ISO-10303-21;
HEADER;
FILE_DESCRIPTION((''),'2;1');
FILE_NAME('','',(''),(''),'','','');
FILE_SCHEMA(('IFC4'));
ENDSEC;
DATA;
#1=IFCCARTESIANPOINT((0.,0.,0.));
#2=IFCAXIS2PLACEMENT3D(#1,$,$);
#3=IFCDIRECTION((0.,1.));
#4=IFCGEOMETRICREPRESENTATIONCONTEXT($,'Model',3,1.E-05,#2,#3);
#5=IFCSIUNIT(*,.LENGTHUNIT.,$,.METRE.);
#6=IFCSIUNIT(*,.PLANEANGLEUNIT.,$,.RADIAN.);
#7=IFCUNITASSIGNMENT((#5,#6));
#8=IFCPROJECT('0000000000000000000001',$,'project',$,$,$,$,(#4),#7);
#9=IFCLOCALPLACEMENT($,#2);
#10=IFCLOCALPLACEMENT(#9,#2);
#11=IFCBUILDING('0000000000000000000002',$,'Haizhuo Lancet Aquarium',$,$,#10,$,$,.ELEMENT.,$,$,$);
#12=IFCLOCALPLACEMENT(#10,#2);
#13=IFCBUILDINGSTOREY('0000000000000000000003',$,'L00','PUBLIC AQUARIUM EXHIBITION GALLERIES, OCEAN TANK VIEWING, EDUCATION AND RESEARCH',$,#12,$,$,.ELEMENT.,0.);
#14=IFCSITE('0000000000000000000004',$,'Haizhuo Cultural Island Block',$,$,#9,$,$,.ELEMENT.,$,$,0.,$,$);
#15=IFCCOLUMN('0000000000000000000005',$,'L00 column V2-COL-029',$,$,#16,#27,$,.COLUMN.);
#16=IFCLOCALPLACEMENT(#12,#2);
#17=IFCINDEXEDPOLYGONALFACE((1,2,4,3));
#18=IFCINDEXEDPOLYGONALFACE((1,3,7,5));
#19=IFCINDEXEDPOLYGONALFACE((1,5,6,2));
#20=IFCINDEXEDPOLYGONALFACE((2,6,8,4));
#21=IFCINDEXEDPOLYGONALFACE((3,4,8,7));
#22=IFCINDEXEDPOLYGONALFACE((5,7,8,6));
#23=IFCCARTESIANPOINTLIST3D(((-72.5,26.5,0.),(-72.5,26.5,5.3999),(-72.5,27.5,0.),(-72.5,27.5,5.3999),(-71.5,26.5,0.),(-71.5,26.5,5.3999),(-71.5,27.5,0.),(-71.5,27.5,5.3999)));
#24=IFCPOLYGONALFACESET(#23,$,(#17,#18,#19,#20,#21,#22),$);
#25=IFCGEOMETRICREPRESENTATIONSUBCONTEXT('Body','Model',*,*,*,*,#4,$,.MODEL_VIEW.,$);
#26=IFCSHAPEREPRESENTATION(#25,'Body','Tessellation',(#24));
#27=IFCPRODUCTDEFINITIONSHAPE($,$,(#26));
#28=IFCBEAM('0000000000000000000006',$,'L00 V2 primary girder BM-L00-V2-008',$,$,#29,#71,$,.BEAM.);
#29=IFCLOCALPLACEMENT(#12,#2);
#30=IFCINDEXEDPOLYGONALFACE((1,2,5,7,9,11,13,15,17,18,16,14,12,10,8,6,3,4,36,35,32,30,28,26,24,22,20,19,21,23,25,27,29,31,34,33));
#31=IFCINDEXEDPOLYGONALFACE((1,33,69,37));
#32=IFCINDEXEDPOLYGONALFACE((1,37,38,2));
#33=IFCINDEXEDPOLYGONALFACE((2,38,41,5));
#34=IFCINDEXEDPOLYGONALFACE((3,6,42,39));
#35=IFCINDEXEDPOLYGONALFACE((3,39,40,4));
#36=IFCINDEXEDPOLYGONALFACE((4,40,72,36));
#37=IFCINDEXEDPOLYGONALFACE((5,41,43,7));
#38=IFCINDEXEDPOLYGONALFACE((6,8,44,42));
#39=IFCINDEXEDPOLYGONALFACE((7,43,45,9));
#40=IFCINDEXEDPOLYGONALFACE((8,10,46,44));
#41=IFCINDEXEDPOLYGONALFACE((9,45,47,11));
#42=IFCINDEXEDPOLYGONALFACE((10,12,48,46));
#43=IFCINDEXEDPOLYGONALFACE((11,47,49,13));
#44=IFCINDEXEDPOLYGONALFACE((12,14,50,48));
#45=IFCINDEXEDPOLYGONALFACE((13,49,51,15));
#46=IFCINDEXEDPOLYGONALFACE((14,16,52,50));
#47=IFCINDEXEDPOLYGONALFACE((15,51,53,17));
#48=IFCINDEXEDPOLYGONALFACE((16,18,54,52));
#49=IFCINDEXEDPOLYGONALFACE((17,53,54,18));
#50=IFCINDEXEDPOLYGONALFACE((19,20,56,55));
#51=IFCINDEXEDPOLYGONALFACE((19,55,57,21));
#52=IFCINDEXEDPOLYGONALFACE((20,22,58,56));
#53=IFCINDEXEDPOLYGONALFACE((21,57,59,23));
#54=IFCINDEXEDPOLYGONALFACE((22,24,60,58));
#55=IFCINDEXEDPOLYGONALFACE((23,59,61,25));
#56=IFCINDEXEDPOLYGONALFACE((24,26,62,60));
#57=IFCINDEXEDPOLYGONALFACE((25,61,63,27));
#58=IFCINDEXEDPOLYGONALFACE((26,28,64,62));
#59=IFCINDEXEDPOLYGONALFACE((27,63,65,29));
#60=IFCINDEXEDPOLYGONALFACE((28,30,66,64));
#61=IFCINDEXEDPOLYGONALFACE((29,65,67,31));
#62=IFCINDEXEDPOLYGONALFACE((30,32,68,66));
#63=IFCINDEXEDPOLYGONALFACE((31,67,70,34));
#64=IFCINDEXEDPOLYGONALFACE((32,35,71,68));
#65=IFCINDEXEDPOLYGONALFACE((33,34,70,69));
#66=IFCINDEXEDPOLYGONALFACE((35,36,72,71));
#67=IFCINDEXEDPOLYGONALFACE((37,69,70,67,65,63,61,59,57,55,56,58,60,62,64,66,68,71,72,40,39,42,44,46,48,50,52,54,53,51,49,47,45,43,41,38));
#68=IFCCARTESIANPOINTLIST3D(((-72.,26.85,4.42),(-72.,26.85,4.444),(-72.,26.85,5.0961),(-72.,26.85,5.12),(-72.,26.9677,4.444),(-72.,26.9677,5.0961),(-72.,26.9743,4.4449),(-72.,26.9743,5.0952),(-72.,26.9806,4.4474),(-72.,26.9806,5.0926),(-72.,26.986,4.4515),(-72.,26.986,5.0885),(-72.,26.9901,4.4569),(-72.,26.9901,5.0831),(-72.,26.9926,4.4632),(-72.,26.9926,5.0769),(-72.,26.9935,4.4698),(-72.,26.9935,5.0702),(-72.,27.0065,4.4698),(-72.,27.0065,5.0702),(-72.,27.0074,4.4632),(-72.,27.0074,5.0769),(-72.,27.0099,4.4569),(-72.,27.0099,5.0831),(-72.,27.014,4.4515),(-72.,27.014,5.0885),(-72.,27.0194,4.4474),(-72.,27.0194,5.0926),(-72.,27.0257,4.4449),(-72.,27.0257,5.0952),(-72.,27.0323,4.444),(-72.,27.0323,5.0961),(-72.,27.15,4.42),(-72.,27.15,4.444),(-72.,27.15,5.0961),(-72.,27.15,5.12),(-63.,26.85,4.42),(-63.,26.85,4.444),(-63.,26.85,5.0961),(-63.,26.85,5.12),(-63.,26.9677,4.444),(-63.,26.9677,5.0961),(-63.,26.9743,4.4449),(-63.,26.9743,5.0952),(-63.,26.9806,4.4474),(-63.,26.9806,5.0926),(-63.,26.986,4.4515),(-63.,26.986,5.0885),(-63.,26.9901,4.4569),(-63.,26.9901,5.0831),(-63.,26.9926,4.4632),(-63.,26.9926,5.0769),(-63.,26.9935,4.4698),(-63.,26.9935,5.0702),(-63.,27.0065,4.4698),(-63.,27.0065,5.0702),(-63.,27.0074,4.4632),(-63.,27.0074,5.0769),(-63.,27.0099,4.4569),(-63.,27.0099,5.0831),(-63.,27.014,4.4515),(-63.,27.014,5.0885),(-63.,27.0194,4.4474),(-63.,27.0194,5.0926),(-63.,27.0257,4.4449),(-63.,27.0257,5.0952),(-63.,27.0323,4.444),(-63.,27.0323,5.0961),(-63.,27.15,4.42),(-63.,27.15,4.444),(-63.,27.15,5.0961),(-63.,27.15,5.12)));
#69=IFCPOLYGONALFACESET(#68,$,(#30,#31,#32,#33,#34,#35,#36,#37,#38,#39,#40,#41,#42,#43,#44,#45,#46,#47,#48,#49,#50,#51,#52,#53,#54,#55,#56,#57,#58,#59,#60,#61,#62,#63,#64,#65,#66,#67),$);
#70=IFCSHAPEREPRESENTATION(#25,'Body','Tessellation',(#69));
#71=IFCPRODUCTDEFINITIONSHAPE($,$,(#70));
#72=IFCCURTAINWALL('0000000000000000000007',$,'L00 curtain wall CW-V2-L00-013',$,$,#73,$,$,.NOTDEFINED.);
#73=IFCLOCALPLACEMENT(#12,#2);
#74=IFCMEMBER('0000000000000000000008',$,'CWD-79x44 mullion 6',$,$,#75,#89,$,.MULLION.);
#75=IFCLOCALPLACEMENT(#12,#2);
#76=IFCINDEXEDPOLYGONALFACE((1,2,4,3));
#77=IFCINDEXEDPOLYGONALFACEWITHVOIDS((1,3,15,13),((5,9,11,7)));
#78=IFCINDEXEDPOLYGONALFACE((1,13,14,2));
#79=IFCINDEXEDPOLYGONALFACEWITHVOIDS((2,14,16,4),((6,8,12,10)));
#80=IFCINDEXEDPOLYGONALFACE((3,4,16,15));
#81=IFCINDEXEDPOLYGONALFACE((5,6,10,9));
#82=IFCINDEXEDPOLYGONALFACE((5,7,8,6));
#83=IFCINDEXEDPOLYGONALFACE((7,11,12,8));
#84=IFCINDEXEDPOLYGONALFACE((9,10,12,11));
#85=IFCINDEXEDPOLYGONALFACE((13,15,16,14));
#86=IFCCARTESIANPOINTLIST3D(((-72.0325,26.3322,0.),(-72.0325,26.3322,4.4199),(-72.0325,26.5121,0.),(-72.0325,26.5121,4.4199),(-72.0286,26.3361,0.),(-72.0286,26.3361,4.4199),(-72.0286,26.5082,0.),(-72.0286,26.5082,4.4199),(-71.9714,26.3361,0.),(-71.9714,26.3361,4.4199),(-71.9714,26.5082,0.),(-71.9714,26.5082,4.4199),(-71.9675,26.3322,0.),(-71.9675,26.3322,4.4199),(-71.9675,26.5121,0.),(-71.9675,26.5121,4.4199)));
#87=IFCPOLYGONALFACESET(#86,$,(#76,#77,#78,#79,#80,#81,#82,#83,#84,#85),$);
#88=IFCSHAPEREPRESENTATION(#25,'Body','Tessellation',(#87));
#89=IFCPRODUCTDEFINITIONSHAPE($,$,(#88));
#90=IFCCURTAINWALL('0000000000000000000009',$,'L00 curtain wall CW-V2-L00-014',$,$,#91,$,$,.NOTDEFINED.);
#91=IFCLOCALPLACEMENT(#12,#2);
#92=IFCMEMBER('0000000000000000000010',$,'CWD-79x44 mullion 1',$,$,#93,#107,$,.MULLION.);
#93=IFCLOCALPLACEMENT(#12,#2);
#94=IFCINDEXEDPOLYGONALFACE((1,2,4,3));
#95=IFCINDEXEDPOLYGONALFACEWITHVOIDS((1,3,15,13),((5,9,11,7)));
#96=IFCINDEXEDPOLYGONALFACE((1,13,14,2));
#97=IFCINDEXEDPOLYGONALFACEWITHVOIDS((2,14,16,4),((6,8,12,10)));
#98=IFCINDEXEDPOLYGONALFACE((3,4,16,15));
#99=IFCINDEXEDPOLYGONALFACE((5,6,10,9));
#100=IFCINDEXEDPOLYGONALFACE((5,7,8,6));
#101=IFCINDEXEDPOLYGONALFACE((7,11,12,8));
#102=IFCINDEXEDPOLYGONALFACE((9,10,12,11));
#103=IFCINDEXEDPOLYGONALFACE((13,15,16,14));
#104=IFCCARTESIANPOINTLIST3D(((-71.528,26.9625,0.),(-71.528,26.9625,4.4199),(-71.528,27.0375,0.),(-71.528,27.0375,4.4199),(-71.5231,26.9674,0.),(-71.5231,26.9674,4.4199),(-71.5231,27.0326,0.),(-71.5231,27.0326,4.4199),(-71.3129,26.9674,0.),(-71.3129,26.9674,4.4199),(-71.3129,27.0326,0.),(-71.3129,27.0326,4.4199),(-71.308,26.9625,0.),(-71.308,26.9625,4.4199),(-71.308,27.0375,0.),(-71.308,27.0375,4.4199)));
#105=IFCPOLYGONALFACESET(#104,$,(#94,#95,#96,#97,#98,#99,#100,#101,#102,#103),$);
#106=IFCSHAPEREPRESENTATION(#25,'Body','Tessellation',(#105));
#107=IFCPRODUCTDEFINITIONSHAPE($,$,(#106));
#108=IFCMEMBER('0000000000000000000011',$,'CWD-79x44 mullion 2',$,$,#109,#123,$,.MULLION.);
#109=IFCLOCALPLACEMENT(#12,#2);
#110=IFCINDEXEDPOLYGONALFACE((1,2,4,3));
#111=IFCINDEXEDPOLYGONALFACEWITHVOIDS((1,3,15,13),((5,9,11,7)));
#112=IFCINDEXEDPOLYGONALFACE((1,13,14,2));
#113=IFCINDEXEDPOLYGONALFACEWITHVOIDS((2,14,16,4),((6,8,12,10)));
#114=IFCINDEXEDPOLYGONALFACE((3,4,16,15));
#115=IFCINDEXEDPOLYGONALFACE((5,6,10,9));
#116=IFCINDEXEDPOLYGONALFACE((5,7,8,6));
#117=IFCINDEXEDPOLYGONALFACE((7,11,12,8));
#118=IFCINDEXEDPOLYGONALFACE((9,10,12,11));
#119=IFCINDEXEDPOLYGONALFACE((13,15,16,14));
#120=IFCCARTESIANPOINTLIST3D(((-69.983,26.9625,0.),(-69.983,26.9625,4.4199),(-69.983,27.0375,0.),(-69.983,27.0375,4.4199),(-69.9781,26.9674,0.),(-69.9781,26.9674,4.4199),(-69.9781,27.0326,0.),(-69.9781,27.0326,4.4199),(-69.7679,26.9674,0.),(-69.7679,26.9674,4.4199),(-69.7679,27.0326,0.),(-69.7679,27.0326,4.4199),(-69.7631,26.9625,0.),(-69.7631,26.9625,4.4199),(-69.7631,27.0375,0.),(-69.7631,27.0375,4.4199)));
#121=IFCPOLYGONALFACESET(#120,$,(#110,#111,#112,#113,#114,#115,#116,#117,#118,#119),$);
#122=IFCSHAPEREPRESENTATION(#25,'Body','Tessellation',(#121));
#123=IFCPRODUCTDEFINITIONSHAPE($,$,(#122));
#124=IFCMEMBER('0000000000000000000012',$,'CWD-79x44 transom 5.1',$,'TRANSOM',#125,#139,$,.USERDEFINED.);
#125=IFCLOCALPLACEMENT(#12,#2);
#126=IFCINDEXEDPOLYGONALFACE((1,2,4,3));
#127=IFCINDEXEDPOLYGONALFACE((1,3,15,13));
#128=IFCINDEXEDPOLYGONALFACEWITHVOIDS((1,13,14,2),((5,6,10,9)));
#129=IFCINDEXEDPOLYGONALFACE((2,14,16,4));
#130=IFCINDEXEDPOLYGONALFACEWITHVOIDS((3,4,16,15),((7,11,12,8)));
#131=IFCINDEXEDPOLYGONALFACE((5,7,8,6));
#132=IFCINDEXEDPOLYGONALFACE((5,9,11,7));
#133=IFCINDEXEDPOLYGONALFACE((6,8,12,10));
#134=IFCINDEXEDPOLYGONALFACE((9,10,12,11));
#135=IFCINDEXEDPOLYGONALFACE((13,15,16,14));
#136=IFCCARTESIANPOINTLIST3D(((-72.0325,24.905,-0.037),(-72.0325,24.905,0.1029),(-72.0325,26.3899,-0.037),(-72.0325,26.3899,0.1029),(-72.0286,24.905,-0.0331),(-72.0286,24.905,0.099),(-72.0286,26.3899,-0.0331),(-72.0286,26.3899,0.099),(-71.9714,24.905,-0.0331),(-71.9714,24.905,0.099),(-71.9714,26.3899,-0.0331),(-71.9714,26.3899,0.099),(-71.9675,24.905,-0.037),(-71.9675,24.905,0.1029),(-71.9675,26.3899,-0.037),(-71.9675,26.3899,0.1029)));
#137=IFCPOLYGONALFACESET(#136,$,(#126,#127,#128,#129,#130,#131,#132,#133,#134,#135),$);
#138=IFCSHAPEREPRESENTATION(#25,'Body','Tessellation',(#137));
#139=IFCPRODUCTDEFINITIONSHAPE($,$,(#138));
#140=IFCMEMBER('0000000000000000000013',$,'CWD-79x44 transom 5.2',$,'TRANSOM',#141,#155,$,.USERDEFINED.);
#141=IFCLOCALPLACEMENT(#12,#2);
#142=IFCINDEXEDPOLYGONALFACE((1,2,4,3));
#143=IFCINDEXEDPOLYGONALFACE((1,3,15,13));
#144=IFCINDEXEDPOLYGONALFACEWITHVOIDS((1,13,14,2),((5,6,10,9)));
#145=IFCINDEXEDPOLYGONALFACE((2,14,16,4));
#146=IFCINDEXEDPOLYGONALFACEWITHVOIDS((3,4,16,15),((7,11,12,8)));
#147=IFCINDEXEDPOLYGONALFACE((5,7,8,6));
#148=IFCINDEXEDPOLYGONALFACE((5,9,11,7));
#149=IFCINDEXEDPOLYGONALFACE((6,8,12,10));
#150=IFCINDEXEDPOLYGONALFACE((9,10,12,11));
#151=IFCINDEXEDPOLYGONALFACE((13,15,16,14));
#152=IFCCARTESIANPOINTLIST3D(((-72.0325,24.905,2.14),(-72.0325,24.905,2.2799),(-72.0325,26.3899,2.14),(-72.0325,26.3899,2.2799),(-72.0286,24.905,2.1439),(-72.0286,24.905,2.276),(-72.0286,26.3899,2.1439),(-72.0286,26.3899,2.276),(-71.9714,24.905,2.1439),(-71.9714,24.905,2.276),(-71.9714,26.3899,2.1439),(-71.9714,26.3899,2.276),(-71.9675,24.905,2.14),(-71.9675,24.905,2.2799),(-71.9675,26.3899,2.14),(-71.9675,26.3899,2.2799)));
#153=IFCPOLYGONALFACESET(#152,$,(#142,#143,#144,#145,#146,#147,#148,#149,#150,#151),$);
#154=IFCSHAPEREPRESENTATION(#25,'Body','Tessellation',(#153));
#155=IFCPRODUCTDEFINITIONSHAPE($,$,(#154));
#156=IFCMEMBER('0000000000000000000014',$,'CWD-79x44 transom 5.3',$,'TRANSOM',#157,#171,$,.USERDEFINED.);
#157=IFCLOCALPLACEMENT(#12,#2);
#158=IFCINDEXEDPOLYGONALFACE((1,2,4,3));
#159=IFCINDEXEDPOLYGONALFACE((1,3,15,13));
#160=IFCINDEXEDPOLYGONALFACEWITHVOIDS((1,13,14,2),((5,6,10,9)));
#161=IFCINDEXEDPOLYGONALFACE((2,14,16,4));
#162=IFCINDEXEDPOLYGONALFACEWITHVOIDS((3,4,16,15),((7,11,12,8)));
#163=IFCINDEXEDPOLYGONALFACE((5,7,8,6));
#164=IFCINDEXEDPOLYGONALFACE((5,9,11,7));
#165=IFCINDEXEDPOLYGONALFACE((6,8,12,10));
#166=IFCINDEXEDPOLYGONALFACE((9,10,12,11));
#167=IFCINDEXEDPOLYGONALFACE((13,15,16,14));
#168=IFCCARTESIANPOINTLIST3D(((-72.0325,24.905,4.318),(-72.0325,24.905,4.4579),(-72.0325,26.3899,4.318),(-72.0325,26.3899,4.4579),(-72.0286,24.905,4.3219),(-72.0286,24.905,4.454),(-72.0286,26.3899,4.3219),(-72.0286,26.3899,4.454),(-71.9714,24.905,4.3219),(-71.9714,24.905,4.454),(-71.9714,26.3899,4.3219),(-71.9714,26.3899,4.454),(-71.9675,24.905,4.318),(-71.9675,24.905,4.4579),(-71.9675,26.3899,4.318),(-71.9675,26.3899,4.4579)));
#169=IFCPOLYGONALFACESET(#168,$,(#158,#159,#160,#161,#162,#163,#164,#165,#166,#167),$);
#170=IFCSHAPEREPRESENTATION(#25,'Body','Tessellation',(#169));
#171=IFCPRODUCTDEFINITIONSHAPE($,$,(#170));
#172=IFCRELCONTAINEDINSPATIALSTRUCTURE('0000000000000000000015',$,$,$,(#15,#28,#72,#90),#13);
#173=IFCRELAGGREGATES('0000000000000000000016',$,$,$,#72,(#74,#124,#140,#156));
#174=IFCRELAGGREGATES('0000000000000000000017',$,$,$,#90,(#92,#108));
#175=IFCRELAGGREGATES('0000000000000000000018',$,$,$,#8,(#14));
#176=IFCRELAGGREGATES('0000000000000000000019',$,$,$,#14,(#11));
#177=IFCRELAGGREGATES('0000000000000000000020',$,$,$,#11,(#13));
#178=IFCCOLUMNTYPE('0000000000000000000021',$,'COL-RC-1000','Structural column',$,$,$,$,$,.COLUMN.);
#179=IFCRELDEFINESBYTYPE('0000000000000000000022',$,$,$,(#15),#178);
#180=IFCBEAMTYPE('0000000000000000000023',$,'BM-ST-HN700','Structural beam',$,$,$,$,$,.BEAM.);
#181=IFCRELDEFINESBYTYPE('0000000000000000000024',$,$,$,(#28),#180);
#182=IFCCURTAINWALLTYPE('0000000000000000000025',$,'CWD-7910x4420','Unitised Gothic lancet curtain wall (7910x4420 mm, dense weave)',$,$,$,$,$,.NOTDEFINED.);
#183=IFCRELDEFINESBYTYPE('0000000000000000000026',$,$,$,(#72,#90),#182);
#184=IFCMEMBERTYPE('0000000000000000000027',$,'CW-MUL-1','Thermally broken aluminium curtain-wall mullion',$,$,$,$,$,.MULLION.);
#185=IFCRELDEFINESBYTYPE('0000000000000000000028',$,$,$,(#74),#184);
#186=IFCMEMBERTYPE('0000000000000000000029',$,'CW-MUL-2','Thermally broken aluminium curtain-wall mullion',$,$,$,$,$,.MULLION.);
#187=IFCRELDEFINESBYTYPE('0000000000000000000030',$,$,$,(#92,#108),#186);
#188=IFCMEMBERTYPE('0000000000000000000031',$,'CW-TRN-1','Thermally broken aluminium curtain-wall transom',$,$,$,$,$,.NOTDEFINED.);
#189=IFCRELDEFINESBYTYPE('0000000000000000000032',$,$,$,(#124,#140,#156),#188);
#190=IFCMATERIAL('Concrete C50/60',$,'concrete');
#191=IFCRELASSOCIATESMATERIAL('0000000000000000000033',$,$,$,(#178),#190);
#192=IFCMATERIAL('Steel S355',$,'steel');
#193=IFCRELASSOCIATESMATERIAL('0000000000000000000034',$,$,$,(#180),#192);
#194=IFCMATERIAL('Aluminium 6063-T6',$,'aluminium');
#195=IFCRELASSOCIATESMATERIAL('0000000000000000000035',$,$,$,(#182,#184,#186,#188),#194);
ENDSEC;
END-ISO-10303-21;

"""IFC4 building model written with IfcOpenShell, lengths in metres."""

from ifc_helpers import new_model, si_unit, direction, frame, origin, origin_2d, place, context, subcontext, project, spatial, rectangle, hollow_rectangle, i_section, extrude, material, material_profile, profile_set, type_object, element, aggregate, save


model = new_model("IFC4")

# Units and contexts
model_context = context("Model", 3, precision=1e-05, world=origin(), true_north=direction((0.0, 1.0)))
body_context = subcontext(model_context, "Body", "Model", "MODEL_VIEW")
ifc_project = project(units=[si_unit("LENGTHUNIT", "METRE"), si_unit("PLANEANGLEUNIT", "RADIAN")], contexts=[model_context])

# Site, building, storey
site_placement = place(None, origin())
site = spatial("IfcSite", under=ifc_project, at=site_placement, Name="Haizhuo Cultural Island Block", CompositionType="ELEMENT", RefElevation=0.0)
building_placement = place(site_placement, origin())
building = spatial("IfcBuilding", under=site, at=building_placement, Name="Haizhuo Lancet Aquarium", CompositionType="ELEMENT")
storey_placement = place(building_placement, origin())
storey = spatial("IfcBuildingStorey", under=building, at=storey_placement, Name="L00", Description="PUBLIC AQUARIUM EXHIBITION GALLERIES, OCEAN TANK VIEWING, EDUCATION AND RESEARCH", CompositionType="ELEMENT", Elevation=0.0)

# Column
ifc_material_1 = material(Name="Concrete C50/60", Category="concrete")
ifc_material_profile_1 = material_profile(ifc_material_1, rectangle(XDim=1.0, YDim=1.0, at=origin_2d()), Name="RC-COL 1000x1000")
ifc_profile_set_1 = profile_set([ifc_material_profile_1], Name="Concrete C50/60")
column_type = type_object("IfcColumnType", Name="COL-RC-1000", Description="Structural column", PredefinedType="COLUMN", material=ifc_profile_set_1)
column_placement = place(storey_placement, frame((-72.0, 27.0, 0.0), z_axis=(0.0, 0.0, 1.0), x_axis=(1.0, 0.0, 0.0)))
element("IfcColumn", 1, at=column_placement, inside=storey, type_object=column_type, Name="L00 column V2-COL-029", PredefinedType="COLUMN", context=body_context, shape_type="SweptSolid", body=[
    extrude(rectangle(XDim=1.0, YDim=1.0, at=origin_2d()), origin(), (0.0, 0.0, 1.0), 5.3999),
])

# Beam
ifc_material_2 = material(Name="Steel S355", Category="steel")
ifc_material_profile_2 = material_profile(ifc_material_2, i_section(OverallWidth=0.3, OverallDepth=0.7, WebThickness=0.0129, FlangeThickness=0.0239, FilletRadius=0.0259, at=origin_2d()), Name="HN 700x300x13x24")
ifc_profile_set_2 = profile_set([ifc_material_profile_2], Name="Steel S355")
beam_type = type_object("IfcBeamType", Name="BM-ST-HN700", Description="Structural beam", PredefinedType="BEAM", material=ifc_profile_set_2)
beam_placement = place(storey_placement, frame((-72.0, 27.0, 4.77), z_axis=(1.0, 0.0, 0.0), x_axis=(0.0, 1.0, 0.0)))
element("IfcBeam", 2, at=beam_placement, inside=storey, type_object=beam_type, Name="L00 V2 primary girder BM-L00-V2-008", PredefinedType="BEAM", context=body_context, shape_type="SweptSolid", body=[
    extrude(i_section(OverallWidth=0.3, OverallDepth=0.7, WebThickness=0.0129, FlangeThickness=0.0239, FilletRadius=0.0259, at=origin_2d()), origin(), (0.0, 0.0, 1.0), 9.0),
])

# Curtain wall, member
ifc_material_3 = material(Name="Aluminium 6063-T6", Category="aluminium")
curtain_wall_type = type_object("IfcCurtainWallType", Name="CWD-7910x4420", Description="Unitised Gothic lancet curtain wall (7910x4420 mm, dense weave)", PredefinedType="NOTDEFINED", material=ifc_material_3)
curtain_wall_1_placement = place(storey_placement, origin())
curtain_wall_1 = element("IfcCurtainWall", 3, at=curtain_wall_1_placement, inside=storey, type_object=curtain_wall_type, Name="L00 curtain wall CW-V2-L00-013", PredefinedType="NOTDEFINED")
ifc_material_profile_3 = material_profile(ifc_material_3, hollow_rectangle(XDim=0.0649, YDim=0.1799, WallThickness=0.0039, at=origin_2d()), Name="ALU-M 65x180x4")
ifc_profile_set_3 = profile_set([ifc_material_profile_3], Name="Aluminium 6063-T6")
member_type_1 = type_object("IfcMemberType", Name="CW-MUL-1", Description="Thermally broken aluminium curtain-wall mullion", PredefinedType="MULLION", material=ifc_profile_set_3)
member_1_placement = place(storey_placement, frame((-72.0, 26.4221, 0.0), z_axis=(0.0, 0.0, 1.0), x_axis=(-1.0, 0.0, 0.0)))
member_1 = element("IfcMember", 4, at=member_1_placement, type_object=member_type_1, Name="CWD-79x44 mullion 6", PredefinedType="MULLION", context=body_context, shape_type="SweptSolid", body=[
    extrude(hollow_rectangle(XDim=0.0649, YDim=0.1799, WallThickness=0.0039, at=origin_2d()), origin(), (0.0, 0.0, 1.0), 4.4199),
])

# Curtain wall, members
curtain_wall_2_placement = place(storey_placement, origin())
curtain_wall_2 = element("IfcCurtainWall", 5, at=curtain_wall_2_placement, inside=storey, type_object=curtain_wall_type, Name="L00 curtain wall CW-V2-L00-014", PredefinedType="NOTDEFINED")
ifc_material_profile_4 = material_profile(ifc_material_3, hollow_rectangle(XDim=0.075, YDim=0.22, WallThickness=0.0049, at=origin_2d()), Name="ALU-M 75x220x5")
ifc_profile_set_4 = profile_set([ifc_material_profile_4], Name="Aluminium 6063-T6")
member_type_2 = type_object("IfcMemberType", Name="CW-MUL-2", Description="Thermally broken aluminium curtain-wall mullion", PredefinedType="MULLION", material=ifc_profile_set_4)
member_2_placement = place(storey_placement, frame((-71.418, 27.0, 0.0), z_axis=(0.0, 0.0, 1.0), x_axis=(0.0, 1.0, 0.0)))
member_2 = element("IfcMember", 6, at=member_2_placement, type_object=member_type_2, Name="CWD-79x44 mullion 1", PredefinedType="MULLION", context=body_context, shape_type="SweptSolid", body=[
    extrude(hollow_rectangle(XDim=0.075, YDim=0.22, WallThickness=0.0049, at=origin_2d()), origin(), (0.0, 0.0, 1.0), 4.4199),
])
member_3_placement = place(storey_placement, frame((-69.873, 27.0, 0.0), z_axis=(0.0, 0.0, 1.0), x_axis=(0.0, 1.0, 0.0)))
member_3 = element("IfcMember", 7, at=member_3_placement, type_object=member_type_2, Name="CWD-79x44 mullion 2", PredefinedType="MULLION", context=body_context, shape_type="SweptSolid", body=[
    extrude(hollow_rectangle(XDim=0.075, YDim=0.22, WallThickness=0.0049, at=origin_2d()), origin(), (0.0, 0.0, 1.0), 4.4199),
])

# Members
ifc_material_profile_5 = material_profile(ifc_material_3, hollow_rectangle(XDim=0.0649, YDim=0.1399, WallThickness=0.0039, at=origin_2d()), Name="ALU-T 65x140x4")
ifc_profile_set_5 = profile_set([ifc_material_profile_5], Name="Aluminium 6063-T6")
member_type_3 = type_object("IfcMemberType", Name="CW-TRN-1", Description="Thermally broken aluminium curtain-wall transom", PredefinedType="NOTDEFINED", material=ifc_profile_set_5)
member_4_placement = place(storey_placement, frame((-72.0, 24.905, 0.033), z_axis=(0.0, 1.0, 0.0), x_axis=(-1.0, 0.0, 0.0)))
member_4 = element("IfcMember", 8, at=member_4_placement, type_object=member_type_3, Name="CWD-79x44 transom 5.1", ObjectType="TRANSOM", PredefinedType="USERDEFINED", context=body_context, shape_type="SweptSolid", body=[
    extrude(hollow_rectangle(XDim=0.0649, YDim=0.1399, WallThickness=0.0039, at=origin_2d()), origin(), (0.0, 0.0, 1.0), 1.4849),
])
member_5_placement = place(storey_placement, frame((-72.0, 24.905, 2.21), z_axis=(0.0, 1.0, 0.0), x_axis=(-1.0, 0.0, 0.0)))
member_5 = element("IfcMember", 9, at=member_5_placement, type_object=member_type_3, Name="CWD-79x44 transom 5.2", ObjectType="TRANSOM", PredefinedType="USERDEFINED", context=body_context, shape_type="SweptSolid", body=[
    extrude(hollow_rectangle(XDim=0.0649, YDim=0.1399, WallThickness=0.0039, at=origin_2d()), origin(), (0.0, 0.0, 1.0), 1.4849),
])
member_6_placement = place(storey_placement, frame((-72.0, 24.905, 4.3879), z_axis=(0.0, 1.0, 0.0), x_axis=(-1.0, 0.0, 0.0)))
member_6 = element("IfcMember", 10, at=member_6_placement, type_object=member_type_3, Name="CWD-79x44 transom 5.3", ObjectType="TRANSOM", PredefinedType="USERDEFINED", context=body_context, shape_type="SweptSolid", body=[
    extrude(hollow_rectangle(XDim=0.0649, YDim=0.1399, WallThickness=0.0039, at=origin_2d()), origin(), (0.0, 0.0, 1.0), 1.4849),
])

aggregate(curtain_wall_1, [member_1, member_4, member_5, member_6])
aggregate(curtain_wall_2, [member_2, member_3])

save(model, "model.ifc")
